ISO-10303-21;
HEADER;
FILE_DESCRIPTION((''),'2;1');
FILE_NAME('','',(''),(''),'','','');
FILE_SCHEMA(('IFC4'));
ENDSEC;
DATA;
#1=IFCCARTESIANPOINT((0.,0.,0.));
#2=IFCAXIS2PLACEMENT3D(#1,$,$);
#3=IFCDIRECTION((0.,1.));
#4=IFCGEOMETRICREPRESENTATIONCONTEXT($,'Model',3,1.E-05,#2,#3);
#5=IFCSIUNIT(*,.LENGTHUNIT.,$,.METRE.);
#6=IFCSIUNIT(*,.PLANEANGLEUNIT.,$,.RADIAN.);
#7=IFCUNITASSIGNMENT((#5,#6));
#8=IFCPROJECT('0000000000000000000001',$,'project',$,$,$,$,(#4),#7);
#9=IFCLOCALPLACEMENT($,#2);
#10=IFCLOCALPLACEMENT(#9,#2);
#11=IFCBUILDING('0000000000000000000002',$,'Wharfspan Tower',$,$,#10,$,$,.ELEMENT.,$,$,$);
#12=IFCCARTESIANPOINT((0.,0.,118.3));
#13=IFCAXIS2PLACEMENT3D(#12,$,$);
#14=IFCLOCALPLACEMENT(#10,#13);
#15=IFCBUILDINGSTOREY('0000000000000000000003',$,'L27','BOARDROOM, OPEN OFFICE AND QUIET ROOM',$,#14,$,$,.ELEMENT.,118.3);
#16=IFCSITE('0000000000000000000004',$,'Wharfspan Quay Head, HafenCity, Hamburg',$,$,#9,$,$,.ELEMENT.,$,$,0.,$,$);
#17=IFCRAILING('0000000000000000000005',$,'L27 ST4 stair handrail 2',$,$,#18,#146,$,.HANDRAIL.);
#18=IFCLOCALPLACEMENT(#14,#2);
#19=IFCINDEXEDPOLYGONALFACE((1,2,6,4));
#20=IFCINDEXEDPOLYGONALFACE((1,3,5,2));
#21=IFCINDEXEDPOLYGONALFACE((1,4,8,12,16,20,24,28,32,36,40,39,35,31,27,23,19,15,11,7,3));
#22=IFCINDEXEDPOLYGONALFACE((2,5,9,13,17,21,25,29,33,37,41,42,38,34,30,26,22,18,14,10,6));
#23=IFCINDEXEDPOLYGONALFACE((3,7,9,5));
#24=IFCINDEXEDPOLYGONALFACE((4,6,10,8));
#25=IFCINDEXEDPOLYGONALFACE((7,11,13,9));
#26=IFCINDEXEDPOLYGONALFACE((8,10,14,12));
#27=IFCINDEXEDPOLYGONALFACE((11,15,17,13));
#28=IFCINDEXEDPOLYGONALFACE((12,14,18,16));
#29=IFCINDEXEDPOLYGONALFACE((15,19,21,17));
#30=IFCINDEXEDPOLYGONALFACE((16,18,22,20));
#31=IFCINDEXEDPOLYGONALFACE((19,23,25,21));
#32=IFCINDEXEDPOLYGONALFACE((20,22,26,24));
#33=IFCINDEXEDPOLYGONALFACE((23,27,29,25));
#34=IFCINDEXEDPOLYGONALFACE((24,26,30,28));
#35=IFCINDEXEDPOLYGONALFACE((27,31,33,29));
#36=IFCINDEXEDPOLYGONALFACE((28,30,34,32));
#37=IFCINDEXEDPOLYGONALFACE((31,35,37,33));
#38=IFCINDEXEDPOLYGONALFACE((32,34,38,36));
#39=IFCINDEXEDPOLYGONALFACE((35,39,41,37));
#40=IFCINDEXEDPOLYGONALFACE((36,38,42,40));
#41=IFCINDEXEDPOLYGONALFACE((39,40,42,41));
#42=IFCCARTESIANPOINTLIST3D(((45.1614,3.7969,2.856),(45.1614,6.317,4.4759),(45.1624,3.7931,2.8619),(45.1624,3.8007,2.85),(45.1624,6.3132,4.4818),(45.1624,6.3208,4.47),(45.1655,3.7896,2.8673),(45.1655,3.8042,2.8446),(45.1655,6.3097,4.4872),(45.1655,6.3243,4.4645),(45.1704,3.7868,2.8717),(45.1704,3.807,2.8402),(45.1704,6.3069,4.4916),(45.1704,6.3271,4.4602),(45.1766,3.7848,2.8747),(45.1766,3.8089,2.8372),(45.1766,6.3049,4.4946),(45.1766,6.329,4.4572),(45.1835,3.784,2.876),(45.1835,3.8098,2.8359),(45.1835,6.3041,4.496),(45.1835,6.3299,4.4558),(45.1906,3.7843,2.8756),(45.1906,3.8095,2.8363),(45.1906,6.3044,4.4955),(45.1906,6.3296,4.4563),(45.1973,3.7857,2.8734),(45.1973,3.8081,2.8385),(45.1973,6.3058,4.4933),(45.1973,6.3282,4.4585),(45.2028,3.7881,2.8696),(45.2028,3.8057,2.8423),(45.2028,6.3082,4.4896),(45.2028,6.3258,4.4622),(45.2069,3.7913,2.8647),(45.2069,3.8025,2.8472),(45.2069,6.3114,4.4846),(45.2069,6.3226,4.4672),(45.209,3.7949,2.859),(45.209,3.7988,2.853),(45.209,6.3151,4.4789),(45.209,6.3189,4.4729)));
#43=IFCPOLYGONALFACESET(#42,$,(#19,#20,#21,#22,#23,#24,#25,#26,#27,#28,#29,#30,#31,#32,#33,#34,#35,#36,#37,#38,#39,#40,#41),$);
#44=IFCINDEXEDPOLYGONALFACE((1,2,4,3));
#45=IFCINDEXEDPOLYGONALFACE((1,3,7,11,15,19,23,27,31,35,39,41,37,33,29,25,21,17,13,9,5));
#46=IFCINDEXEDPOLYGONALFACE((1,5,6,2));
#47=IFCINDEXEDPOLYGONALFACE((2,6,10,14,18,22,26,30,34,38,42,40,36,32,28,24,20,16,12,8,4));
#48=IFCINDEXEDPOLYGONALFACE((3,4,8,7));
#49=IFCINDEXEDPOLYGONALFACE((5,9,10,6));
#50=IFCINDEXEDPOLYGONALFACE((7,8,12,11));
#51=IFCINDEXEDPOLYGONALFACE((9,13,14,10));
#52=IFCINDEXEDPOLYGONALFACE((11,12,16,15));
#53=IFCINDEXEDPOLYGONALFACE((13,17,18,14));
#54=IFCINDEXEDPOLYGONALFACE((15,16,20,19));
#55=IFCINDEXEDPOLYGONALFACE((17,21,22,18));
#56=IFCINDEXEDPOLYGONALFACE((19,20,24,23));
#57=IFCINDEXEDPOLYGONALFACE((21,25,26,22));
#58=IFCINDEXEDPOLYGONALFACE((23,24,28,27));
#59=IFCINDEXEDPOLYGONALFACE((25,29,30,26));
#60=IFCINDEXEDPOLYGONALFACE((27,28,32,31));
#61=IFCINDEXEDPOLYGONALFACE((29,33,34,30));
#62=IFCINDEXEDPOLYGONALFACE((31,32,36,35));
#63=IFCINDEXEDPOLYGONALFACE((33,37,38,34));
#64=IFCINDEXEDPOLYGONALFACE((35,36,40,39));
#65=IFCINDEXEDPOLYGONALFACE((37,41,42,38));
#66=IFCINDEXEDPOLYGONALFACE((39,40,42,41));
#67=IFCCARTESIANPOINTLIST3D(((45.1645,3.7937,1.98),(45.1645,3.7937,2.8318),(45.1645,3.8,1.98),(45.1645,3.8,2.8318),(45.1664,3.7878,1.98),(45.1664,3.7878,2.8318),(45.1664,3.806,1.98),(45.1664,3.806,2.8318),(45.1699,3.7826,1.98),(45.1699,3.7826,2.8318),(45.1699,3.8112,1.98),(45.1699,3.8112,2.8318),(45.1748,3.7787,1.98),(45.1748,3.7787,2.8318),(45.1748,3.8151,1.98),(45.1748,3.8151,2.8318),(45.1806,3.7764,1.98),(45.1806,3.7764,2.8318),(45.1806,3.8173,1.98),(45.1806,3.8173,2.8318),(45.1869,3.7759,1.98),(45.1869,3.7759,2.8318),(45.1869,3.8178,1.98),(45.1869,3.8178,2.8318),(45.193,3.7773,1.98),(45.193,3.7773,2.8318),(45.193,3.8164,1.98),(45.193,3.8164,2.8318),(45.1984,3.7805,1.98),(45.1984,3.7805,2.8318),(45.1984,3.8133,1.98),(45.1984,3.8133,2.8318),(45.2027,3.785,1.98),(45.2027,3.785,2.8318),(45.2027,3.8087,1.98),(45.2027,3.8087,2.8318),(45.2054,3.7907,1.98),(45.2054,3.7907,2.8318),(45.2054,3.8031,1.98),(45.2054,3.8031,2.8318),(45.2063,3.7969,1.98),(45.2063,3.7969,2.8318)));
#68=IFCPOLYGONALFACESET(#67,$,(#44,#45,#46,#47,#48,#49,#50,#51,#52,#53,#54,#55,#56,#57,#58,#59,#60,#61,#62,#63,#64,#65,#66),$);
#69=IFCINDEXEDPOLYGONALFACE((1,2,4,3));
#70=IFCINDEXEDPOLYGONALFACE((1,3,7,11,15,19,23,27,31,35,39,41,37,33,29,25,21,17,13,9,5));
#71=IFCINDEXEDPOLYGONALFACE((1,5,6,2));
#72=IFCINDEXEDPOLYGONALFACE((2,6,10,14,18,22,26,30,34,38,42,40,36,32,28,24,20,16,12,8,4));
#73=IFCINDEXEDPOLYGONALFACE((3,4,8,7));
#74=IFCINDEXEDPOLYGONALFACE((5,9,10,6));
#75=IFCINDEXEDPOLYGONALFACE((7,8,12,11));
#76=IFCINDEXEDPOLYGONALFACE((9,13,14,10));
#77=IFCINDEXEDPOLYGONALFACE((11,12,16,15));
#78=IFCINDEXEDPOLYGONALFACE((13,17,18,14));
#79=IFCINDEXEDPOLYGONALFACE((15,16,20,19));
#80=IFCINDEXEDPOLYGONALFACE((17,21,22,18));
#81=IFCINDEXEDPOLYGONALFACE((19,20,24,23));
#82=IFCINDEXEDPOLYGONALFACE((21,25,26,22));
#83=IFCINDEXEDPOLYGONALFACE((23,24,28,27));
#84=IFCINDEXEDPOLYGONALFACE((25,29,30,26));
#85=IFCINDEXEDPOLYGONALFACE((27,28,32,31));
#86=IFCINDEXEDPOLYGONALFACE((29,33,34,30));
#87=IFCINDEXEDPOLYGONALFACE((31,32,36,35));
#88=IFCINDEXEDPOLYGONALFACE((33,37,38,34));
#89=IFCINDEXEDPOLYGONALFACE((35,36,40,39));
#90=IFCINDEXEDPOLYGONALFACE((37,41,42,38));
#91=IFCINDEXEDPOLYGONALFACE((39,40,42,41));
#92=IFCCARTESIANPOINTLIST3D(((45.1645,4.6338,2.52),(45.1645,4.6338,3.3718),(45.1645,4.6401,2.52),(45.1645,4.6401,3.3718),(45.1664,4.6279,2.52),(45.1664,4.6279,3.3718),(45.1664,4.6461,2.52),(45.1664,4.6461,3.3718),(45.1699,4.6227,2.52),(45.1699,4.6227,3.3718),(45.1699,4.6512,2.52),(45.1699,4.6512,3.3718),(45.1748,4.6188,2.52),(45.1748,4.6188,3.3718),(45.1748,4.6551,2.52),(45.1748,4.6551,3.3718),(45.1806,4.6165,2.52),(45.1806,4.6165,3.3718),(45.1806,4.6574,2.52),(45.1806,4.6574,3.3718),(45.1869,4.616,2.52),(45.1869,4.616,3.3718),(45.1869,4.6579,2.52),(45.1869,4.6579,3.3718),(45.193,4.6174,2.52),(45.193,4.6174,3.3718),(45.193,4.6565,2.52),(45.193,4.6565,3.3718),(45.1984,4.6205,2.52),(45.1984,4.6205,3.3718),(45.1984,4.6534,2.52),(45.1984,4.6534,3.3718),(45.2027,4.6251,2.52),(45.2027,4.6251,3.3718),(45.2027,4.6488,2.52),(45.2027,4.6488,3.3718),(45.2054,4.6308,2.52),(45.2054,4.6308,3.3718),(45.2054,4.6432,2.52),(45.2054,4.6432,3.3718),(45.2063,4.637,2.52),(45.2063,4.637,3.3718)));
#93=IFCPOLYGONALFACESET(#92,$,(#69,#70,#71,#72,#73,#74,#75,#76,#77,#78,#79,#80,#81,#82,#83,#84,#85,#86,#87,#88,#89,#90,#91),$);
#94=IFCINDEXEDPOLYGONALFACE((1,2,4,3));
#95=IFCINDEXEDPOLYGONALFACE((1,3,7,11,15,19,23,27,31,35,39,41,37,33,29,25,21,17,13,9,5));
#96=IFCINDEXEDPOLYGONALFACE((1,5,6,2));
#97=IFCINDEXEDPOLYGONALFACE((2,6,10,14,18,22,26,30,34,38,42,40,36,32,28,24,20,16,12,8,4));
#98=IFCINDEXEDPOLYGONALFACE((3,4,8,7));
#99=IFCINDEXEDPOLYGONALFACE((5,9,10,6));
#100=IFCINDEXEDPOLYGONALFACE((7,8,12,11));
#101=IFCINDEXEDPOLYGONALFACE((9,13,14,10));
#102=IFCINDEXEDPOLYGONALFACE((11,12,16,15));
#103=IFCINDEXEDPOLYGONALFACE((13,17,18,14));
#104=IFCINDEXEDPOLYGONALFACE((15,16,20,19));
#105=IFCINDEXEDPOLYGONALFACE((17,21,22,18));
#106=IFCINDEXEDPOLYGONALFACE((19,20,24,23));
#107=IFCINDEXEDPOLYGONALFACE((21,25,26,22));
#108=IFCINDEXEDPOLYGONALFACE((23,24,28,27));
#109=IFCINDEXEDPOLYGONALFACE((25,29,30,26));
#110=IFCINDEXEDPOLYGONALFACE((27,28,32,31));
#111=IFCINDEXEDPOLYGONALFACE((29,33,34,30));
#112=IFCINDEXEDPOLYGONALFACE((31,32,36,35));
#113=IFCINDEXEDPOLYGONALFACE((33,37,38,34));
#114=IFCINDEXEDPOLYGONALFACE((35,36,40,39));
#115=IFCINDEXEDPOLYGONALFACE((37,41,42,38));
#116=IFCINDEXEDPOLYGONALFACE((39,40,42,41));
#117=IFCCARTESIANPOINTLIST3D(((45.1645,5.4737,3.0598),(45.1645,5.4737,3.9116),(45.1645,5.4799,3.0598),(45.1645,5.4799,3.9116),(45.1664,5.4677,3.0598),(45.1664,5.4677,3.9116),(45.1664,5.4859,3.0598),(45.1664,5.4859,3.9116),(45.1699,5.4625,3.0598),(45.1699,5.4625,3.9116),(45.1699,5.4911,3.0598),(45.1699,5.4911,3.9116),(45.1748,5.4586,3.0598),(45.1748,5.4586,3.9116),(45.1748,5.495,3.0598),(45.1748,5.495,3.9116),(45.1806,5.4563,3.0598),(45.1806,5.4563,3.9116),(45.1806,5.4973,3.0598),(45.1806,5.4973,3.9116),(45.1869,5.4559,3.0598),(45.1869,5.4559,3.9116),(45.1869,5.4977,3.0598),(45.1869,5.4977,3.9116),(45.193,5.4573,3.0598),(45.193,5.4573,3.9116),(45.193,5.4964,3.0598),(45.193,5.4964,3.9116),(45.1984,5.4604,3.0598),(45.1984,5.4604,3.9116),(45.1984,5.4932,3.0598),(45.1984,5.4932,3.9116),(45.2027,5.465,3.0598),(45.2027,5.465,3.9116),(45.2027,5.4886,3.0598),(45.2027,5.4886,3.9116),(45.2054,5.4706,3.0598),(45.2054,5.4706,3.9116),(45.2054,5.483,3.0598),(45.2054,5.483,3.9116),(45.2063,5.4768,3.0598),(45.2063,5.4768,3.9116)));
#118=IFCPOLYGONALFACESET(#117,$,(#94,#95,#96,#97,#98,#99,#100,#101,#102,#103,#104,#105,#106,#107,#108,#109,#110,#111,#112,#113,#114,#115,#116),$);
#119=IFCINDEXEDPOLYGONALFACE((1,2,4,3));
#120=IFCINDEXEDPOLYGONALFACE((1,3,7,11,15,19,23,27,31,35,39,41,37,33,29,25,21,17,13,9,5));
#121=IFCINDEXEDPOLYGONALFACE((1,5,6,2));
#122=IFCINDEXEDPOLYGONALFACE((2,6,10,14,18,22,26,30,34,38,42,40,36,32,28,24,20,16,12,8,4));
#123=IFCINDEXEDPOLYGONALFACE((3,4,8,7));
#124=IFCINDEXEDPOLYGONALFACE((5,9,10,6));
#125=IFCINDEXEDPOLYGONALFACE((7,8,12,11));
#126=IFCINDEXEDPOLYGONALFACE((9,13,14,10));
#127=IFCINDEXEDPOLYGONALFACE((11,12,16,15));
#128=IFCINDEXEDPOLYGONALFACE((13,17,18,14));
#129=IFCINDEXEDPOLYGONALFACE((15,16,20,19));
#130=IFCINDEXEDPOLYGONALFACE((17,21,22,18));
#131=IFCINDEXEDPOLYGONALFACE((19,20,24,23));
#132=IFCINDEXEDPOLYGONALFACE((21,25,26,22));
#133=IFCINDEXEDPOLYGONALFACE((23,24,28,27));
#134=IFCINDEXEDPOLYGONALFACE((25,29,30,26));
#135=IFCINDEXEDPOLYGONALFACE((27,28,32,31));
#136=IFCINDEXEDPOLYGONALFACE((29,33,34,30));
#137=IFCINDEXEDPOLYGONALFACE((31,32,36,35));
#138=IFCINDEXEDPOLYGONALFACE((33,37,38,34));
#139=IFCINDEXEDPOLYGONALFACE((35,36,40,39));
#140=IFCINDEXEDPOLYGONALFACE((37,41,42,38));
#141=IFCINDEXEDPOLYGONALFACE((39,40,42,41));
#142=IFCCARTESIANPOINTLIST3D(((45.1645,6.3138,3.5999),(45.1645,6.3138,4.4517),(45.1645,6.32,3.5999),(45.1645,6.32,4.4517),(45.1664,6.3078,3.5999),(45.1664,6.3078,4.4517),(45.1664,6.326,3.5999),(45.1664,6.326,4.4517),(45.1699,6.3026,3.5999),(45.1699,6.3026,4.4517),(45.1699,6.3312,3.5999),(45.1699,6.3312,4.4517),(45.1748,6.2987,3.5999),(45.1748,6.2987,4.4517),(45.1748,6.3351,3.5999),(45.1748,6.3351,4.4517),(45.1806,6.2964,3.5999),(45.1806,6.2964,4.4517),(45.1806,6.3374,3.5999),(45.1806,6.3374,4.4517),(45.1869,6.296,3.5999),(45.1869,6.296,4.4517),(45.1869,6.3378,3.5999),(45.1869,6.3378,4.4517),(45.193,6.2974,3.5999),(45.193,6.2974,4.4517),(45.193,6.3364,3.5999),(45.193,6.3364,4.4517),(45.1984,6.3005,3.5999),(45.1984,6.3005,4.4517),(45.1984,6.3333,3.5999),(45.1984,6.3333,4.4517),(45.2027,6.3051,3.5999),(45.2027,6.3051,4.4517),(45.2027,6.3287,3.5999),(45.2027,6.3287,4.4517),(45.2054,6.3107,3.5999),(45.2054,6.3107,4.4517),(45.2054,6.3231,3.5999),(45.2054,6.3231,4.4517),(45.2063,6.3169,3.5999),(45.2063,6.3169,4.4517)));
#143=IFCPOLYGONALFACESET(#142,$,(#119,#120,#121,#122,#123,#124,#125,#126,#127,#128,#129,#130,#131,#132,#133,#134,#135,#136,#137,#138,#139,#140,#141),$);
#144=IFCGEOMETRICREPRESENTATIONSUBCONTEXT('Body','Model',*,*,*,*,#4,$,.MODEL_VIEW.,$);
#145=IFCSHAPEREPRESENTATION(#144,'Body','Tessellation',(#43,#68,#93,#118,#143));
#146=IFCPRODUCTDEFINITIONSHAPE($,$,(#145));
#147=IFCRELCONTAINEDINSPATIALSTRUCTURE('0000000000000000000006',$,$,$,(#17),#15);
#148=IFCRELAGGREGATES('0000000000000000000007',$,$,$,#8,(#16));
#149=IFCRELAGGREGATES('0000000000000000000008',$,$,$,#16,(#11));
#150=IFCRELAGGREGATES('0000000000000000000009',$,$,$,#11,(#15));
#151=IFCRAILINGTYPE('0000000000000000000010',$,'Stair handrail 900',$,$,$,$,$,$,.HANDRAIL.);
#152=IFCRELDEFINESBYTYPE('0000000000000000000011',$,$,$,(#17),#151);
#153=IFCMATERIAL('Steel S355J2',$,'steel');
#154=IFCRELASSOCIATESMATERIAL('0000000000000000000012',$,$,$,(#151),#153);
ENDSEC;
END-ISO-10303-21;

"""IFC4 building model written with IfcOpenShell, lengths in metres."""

from ifc_helpers import new_model, si_unit, direction, frame, origin, origin_2d, place, context, subcontext, project, spatial, circle, extrude, material, type_object, element, save


model = new_model("IFC4")

# Units and contexts
model_context = context("Model", 3, precision=1e-05, world=origin(), true_north=direction((0.0, 1.0)))
body_context = subcontext(model_context, "Body", "Model", "MODEL_VIEW")
ifc_project = project(units=[si_unit("LENGTHUNIT", "METRE"), si_unit("PLANEANGLEUNIT", "RADIAN")], contexts=[model_context])

# Site, building, storey
site_placement = place(None, origin())
site = spatial("IfcSite", under=ifc_project, at=site_placement, Name="Wharfspan Quay Head, HafenCity, Hamburg", CompositionType="ELEMENT", RefElevation=0.0)
building_placement = place(site_placement, origin())
building = spatial("IfcBuilding", under=site, at=building_placement, Name="Wharfspan Tower", CompositionType="ELEMENT")
storey_placement = place(building_placement, frame((0.0, 0.0, 118.3)))
storey = spatial("IfcBuildingStorey", under=building, at=storey_placement, Name="L27", Description="BOARDROOM, OPEN OFFICE AND QUIET ROOM", CompositionType="ELEMENT", Elevation=118.3)

# Shared definitions
ifc_material_1 = material(Name="Steel S355J2", Category="steel")

# Railing
railing_type_1 = type_object("IfcRailingType", Name="Stair handrail 900", PredefinedType="HANDRAIL", material=ifc_material_1)
railing_1_placement = place(storey_placement, frame((45.1853, 3.7969, 1.98)))
element("IfcRailing", 1, at=railing_1_placement, inside=storey, type_object=railing_type_1, Name="L27 ST4 stair handrail 2", PredefinedType="HANDRAIL", context=body_context, shape_type="SweptSolid", body=[
    extrude(circle(Radius=0.0239, at=origin_2d()), frame((0.0, 0.0, 0.876), z_axis=(0.0, 0.8412, 0.540725), x_axis=(-1.0, 0.0, 0.0)), (0.0, 0.0, 1.0), 2.9958),
    extrude(circle(Radius=0.021, at=origin_2d()), origin(), (0.0, 0.0, 1.0), 0.8518),
    extrude(circle(Radius=0.021, at=origin_2d()), frame((0.0, 0.8401, 0.54)), (0.0, 0.0, 1.0), 0.8518),
    extrude(circle(Radius=0.021, at=origin_2d()), frame((0.0, 1.6799, 1.0798)), (0.0, 0.0, 1.0), 0.8518),
    extrude(circle(Radius=0.021, at=origin_2d()), frame((0.0, 2.52, 1.6199)), (0.0, 0.0, 1.0), 0.8518),
])

save(model, "model.ifc")
